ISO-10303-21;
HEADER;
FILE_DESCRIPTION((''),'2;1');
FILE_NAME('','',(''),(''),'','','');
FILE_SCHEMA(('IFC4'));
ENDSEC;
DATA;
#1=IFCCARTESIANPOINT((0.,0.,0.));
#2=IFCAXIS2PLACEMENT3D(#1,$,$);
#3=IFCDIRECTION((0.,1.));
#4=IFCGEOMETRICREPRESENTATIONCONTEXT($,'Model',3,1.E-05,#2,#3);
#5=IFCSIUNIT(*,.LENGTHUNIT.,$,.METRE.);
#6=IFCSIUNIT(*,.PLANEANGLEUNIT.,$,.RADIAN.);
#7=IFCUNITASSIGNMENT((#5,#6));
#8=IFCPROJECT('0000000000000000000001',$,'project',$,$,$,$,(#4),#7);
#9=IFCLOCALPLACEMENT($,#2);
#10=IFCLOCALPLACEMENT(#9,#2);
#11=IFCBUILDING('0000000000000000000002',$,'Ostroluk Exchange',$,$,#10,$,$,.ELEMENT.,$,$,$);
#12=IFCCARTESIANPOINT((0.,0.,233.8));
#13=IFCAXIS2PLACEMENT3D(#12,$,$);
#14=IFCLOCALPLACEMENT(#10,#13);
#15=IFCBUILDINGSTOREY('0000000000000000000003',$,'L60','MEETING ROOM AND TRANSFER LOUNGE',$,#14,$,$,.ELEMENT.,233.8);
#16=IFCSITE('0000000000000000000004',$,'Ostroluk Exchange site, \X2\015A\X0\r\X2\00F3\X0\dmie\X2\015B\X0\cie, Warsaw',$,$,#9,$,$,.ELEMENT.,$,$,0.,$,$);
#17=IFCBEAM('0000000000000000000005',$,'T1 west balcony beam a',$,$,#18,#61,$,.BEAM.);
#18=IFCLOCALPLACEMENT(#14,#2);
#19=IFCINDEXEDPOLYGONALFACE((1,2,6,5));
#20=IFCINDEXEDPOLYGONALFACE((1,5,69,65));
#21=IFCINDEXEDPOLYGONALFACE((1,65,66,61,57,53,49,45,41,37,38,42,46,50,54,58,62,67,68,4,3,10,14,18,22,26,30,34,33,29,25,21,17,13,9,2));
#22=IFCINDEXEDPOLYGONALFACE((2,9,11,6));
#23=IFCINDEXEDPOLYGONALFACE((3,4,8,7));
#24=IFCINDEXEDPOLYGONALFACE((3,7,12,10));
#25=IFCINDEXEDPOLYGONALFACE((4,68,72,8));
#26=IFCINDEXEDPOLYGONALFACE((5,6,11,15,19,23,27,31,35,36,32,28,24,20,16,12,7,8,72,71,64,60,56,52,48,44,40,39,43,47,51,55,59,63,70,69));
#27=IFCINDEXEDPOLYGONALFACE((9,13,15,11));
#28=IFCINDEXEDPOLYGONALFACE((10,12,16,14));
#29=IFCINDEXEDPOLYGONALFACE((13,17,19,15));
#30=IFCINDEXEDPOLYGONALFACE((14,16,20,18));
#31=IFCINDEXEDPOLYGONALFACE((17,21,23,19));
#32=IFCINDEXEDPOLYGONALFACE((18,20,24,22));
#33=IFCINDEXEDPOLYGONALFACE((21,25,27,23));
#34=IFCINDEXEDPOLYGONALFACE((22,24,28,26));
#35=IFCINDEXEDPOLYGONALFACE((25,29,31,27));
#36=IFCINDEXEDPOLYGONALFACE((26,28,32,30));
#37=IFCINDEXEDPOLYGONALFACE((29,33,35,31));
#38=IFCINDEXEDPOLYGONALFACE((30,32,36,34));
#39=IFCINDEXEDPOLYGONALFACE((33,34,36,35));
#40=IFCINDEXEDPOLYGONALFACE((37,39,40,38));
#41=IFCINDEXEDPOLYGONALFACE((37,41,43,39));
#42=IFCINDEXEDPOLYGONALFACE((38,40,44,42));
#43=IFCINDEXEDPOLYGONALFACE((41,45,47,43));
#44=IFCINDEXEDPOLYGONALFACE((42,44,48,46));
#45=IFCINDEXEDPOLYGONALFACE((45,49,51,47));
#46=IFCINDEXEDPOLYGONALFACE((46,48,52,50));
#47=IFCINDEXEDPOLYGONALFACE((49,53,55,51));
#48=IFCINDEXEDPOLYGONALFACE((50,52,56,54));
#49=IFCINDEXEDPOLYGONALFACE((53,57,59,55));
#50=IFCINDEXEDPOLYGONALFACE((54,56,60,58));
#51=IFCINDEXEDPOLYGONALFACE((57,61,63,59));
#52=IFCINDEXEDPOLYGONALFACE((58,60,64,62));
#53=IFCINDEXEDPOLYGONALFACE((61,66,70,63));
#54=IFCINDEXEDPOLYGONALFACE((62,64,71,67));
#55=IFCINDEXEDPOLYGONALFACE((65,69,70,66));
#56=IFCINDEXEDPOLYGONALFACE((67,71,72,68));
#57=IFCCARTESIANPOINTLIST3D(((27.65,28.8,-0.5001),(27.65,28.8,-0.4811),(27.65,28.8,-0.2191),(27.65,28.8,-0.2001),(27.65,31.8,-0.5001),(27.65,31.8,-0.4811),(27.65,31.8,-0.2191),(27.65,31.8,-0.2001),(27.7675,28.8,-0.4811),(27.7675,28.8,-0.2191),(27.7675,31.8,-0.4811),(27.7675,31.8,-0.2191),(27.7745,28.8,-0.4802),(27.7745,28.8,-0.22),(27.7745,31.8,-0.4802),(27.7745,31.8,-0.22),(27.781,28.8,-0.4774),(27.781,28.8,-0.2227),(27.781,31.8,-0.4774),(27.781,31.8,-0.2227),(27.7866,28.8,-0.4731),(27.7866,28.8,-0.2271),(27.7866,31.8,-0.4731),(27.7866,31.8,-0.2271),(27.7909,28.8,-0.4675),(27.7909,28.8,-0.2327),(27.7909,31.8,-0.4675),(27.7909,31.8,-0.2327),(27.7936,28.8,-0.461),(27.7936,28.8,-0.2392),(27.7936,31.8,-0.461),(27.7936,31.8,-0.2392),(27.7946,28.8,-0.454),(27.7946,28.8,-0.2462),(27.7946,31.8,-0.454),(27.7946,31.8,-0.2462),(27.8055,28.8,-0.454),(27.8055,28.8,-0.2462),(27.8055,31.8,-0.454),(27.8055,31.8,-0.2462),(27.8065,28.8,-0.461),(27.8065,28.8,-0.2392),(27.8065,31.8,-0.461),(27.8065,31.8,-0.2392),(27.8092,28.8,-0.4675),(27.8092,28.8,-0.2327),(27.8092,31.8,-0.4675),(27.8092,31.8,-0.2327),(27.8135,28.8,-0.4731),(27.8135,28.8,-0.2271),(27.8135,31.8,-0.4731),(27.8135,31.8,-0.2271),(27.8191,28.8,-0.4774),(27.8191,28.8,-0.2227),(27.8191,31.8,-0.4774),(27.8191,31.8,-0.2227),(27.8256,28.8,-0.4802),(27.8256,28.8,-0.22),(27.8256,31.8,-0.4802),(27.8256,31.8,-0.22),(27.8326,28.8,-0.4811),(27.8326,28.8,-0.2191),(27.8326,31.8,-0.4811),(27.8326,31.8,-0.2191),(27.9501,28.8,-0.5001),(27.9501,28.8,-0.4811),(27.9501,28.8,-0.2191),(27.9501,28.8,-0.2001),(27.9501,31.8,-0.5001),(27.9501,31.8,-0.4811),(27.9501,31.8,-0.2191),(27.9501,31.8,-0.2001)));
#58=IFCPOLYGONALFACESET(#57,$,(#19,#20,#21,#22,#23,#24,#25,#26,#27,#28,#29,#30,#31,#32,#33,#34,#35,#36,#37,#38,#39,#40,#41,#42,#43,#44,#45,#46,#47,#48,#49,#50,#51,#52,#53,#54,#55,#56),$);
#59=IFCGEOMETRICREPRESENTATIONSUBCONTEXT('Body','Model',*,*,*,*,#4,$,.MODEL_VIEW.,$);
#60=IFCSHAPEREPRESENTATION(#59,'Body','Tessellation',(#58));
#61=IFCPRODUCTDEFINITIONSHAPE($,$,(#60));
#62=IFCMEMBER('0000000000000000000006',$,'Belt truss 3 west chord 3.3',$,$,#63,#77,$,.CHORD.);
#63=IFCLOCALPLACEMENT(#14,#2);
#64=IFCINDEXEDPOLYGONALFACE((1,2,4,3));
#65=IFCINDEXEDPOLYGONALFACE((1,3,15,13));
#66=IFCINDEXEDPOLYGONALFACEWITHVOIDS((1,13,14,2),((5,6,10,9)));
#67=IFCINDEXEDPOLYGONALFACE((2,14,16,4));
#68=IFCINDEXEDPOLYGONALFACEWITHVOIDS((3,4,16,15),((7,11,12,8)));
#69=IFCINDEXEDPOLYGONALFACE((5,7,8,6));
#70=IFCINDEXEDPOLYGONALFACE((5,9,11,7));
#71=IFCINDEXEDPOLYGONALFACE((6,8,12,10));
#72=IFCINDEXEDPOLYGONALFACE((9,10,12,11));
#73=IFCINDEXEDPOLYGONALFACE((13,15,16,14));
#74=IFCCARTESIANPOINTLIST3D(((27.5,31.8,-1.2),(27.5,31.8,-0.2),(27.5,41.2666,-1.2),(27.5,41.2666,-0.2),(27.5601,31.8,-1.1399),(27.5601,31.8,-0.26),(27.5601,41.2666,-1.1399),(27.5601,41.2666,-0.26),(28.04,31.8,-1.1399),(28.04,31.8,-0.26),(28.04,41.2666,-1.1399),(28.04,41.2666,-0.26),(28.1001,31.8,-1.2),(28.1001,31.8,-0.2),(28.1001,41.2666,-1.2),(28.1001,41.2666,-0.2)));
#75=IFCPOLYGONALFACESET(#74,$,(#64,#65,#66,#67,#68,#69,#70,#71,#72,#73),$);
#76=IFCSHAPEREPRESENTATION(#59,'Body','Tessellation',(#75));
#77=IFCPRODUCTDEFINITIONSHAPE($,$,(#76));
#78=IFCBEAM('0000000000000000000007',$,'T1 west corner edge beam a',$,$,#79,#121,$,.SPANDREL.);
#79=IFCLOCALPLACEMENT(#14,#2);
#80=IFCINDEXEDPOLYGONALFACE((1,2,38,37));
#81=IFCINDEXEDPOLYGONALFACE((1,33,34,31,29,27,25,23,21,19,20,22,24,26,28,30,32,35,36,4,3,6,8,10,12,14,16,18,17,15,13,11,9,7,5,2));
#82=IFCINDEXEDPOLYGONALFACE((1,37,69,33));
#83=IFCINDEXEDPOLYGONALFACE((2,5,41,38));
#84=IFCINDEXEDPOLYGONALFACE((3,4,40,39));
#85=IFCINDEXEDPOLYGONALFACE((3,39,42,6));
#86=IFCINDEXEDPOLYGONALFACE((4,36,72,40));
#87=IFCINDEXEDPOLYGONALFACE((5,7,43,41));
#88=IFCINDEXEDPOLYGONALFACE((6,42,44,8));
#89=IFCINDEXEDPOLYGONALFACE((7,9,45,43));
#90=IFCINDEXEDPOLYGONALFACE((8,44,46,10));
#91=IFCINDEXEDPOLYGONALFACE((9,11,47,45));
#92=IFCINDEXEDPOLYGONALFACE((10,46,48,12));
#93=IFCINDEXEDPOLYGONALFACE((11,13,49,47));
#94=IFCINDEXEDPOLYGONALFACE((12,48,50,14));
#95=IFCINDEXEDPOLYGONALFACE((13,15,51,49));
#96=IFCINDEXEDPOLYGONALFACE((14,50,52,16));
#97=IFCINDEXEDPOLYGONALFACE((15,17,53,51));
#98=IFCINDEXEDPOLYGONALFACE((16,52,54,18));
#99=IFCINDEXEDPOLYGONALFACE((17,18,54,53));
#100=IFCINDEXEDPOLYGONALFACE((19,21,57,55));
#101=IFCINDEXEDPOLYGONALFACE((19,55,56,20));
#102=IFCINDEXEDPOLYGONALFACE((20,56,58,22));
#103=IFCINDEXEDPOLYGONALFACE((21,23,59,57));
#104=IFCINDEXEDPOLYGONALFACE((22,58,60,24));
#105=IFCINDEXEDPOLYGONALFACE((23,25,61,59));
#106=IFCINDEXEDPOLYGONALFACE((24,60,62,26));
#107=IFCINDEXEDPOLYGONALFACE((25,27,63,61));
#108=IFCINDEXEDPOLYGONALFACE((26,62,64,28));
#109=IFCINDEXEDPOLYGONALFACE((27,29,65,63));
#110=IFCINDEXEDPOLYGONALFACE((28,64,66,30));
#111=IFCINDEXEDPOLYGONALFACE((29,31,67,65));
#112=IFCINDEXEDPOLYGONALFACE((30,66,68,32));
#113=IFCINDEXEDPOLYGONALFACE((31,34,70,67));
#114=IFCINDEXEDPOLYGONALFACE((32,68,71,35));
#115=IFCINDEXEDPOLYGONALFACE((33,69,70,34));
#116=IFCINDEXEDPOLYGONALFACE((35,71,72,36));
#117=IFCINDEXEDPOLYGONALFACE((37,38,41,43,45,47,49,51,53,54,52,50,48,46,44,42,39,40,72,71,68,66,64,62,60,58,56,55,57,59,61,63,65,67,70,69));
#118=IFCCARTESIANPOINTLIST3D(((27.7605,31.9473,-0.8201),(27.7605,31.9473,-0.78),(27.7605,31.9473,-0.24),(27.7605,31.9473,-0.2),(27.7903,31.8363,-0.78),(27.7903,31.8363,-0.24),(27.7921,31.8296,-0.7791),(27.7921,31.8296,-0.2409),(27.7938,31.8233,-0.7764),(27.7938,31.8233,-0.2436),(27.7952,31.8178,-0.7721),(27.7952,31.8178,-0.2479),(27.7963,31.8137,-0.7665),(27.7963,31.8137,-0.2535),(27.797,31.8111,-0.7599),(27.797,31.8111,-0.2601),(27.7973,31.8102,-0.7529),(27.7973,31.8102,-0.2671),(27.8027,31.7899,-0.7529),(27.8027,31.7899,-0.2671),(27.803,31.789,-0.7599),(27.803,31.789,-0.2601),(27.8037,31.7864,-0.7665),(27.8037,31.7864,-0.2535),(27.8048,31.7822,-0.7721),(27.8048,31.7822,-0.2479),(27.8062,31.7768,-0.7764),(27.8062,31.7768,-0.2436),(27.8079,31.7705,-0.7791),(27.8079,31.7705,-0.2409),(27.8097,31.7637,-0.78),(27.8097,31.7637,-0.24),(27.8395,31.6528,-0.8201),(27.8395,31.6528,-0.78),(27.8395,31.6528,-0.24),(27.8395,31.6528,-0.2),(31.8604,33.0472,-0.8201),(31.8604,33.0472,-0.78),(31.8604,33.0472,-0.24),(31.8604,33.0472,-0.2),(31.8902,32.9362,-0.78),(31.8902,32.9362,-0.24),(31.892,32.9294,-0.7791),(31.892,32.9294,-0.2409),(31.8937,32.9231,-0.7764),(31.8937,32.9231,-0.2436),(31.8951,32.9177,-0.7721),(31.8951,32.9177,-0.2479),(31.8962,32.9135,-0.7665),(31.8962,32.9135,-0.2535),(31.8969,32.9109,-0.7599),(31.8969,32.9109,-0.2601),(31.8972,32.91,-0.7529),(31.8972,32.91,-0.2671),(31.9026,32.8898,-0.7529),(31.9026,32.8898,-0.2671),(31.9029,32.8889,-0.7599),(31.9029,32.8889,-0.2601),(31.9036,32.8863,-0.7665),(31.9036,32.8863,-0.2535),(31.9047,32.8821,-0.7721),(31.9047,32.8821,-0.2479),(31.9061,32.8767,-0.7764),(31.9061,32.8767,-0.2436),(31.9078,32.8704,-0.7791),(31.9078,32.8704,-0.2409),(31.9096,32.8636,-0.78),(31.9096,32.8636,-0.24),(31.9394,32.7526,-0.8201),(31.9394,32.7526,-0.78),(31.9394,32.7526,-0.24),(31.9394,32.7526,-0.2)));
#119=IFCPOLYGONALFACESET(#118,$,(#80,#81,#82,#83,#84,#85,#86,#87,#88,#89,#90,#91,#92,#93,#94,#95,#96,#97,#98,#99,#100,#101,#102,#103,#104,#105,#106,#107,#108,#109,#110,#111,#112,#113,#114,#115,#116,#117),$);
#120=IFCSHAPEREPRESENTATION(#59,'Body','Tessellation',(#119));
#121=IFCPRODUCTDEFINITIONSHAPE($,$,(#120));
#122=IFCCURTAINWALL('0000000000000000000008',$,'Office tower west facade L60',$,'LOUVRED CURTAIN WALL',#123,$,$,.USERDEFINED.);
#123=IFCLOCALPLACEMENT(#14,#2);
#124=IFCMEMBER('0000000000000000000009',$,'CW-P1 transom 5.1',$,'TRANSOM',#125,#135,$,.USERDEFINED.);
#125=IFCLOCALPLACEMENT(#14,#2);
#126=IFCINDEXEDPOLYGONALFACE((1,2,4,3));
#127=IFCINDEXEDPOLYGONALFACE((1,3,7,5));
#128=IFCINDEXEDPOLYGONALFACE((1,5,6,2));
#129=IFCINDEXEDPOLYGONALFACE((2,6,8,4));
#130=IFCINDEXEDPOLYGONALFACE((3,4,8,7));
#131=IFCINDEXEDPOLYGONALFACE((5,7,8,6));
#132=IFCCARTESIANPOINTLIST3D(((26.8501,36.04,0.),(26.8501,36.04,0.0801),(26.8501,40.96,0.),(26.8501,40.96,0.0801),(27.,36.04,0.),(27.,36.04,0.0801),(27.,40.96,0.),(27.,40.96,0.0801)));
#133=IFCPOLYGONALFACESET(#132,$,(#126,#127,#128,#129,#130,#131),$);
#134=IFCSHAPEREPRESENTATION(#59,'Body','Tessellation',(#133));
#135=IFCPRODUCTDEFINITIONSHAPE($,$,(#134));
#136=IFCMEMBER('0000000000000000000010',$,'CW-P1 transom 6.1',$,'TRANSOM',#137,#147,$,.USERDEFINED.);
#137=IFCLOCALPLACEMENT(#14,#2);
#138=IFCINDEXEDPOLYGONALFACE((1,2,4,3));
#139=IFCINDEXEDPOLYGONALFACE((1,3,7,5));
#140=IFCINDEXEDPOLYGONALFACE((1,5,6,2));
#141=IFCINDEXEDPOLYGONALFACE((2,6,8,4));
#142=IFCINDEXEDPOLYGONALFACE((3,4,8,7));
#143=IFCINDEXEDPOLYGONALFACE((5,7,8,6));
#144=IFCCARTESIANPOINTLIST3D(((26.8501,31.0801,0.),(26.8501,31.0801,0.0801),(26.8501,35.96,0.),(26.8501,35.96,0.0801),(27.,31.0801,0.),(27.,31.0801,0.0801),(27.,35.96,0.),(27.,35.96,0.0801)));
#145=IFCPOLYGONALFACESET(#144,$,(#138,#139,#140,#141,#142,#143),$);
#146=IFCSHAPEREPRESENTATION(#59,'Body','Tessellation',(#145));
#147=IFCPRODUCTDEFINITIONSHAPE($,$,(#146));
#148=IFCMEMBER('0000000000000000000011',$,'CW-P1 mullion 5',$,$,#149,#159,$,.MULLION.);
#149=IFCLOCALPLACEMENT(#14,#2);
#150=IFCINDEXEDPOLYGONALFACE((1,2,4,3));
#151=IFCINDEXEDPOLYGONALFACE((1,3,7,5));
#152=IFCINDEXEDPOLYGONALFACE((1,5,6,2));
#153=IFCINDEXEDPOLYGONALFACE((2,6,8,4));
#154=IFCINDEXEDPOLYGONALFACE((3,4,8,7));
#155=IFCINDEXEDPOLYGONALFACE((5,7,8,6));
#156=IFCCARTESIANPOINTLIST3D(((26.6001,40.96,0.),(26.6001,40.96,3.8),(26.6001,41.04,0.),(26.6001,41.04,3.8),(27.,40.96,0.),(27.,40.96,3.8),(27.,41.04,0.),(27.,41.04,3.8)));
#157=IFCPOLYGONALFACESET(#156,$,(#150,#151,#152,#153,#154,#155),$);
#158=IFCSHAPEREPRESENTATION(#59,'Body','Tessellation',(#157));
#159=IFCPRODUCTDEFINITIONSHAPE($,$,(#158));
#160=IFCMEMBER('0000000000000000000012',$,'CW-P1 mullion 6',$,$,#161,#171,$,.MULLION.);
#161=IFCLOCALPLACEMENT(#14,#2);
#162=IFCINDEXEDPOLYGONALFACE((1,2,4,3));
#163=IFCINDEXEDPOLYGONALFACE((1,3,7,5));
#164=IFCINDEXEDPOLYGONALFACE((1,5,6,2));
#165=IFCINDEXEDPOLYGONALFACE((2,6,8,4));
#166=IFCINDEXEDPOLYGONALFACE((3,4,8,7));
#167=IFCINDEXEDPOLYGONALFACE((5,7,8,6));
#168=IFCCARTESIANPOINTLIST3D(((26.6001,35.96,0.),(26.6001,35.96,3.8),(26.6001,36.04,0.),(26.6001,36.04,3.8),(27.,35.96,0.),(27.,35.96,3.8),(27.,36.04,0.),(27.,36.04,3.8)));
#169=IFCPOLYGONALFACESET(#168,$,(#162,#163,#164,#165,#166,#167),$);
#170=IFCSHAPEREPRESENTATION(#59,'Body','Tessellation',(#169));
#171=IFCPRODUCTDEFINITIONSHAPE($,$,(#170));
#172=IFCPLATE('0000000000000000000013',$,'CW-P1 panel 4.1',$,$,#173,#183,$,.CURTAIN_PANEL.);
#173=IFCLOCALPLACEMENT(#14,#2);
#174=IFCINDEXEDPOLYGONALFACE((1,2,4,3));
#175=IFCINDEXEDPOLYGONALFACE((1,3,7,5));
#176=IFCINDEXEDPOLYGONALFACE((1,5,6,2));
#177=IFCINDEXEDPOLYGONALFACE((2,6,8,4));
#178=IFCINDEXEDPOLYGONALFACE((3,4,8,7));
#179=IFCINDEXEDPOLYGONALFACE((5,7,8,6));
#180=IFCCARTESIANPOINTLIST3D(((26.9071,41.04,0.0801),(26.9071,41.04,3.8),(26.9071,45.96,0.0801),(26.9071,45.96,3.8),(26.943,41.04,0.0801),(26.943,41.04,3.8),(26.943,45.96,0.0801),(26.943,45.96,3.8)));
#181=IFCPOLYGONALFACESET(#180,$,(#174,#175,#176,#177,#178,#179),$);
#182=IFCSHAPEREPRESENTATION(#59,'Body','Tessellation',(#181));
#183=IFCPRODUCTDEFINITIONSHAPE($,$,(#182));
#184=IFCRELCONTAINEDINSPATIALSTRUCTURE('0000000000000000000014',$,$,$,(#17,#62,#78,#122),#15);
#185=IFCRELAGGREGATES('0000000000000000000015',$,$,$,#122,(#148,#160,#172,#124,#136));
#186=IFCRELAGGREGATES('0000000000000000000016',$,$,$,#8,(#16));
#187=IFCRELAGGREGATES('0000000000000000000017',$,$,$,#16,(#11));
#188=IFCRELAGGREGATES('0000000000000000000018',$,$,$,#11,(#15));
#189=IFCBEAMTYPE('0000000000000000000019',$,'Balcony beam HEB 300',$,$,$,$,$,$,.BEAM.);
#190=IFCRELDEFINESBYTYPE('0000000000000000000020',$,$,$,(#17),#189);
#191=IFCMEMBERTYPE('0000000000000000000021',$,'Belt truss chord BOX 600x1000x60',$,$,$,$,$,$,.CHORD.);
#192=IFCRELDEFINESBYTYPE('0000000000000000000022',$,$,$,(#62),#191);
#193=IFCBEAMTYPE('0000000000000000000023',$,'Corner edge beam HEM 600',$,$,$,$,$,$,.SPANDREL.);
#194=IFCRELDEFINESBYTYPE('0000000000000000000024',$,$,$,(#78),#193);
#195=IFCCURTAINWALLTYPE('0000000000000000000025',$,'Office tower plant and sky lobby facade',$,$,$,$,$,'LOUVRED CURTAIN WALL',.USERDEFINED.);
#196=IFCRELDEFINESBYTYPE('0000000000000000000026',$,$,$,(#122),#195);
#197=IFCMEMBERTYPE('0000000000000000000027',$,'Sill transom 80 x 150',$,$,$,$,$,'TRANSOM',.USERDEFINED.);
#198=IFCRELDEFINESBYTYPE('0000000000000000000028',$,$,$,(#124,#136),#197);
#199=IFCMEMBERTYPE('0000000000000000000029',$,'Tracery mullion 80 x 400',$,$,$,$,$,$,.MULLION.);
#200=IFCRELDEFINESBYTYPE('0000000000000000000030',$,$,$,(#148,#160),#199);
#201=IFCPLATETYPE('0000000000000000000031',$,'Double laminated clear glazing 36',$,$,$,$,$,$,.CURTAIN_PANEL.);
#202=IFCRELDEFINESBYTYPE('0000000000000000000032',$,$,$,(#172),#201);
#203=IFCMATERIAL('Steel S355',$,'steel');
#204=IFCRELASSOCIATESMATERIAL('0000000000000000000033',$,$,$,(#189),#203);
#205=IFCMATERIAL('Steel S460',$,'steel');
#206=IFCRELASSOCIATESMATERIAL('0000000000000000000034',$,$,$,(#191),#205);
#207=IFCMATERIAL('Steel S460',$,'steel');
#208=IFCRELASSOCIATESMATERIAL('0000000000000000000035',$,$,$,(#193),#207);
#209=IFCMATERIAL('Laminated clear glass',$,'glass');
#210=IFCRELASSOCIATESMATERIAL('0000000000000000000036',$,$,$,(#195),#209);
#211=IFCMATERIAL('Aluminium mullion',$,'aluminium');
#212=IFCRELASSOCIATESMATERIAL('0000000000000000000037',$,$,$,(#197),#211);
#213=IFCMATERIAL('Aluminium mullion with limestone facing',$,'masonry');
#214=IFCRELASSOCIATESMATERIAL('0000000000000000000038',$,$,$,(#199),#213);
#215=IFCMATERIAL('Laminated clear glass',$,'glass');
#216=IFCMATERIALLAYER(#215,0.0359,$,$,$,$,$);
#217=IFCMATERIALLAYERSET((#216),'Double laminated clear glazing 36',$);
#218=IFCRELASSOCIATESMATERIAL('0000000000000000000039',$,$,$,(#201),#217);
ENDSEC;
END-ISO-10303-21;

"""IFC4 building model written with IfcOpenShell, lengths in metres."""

from ifc_helpers import new_model, si_unit, direction, frame, origin, origin_2d, place, context, subcontext, project, spatial, rectangle, hollow_rectangle, i_section, extrude, material, layer, layer_set, material_profile, profile_set, type_object, element, aggregate, save


model = new_model("IFC4")

# Units and contexts
model_context = context("Model", 3, precision=1e-05, world=origin(), true_north=direction((0.0, 1.0)))
body_context = subcontext(model_context, "Body", "Model", "MODEL_VIEW")
ifc_project = project(units=[si_unit("LENGTHUNIT", "METRE"), si_unit("PLANEANGLEUNIT", "RADIAN")], contexts=[model_context])

# Site, building, storey
site_placement = place(None, origin())
site = spatial("IfcSite", under=ifc_project, at=site_placement, Name="Ostroluk Exchange site, Śródmieście, Warsaw", CompositionType="ELEMENT", RefElevation=0.0)
building_placement = place(site_placement, origin())
building = spatial("IfcBuilding", under=site, at=building_placement, Name="Ostroluk Exchange", CompositionType="ELEMENT")
storey_placement = place(building_placement, frame((0.0, 0.0, 233.8)))
storey = spatial("IfcBuildingStorey", under=building, at=storey_placement, Name="L60", Description="MEETING ROOM AND TRANSFER LOUNGE", CompositionType="ELEMENT", Elevation=233.8)

# Beam
ifc_material_1 = material(Name="Steel S355", Category="steel")
ifc_material_profile_1 = material_profile(ifc_material_1, i_section(OverallWidth=0.3, OverallDepth=0.3, WebThickness=0.011, FlangeThickness=0.019, FilletRadius=0.0271, at=origin_2d()), Name="HEB 300")
ifc_profile_set_1 = profile_set([ifc_material_profile_1], Name="Steel S355")
beam_type_1 = type_object("IfcBeamType", Name="Balcony beam HEB 300", PredefinedType="BEAM", material=ifc_profile_set_1)
beam_1_placement = place(storey_placement, frame((27.8, 31.8, -0.3501), z_axis=(0.0, -1.0, 0.0), x_axis=(1.0, 0.0, 0.0)))
element("IfcBeam", 1, at=beam_1_placement, inside=storey, type_object=beam_type_1, Name="T1 west balcony beam a", PredefinedType="BEAM", context=body_context, shape_type="SweptSolid", body=[
    extrude(i_section(OverallWidth=0.3, OverallDepth=0.3, WebThickness=0.011, FlangeThickness=0.019, FilletRadius=0.0271, at=origin_2d()), origin(), (0.0, 0.0, 1.0), 3.0),
])

# Member
ifc_material_2 = material(Name="Steel S460", Category="steel")
ifc_material_profile_2 = material_profile(ifc_material_2, hollow_rectangle(XDim=0.6001, YDim=1.0, WallThickness=0.0601, at=origin_2d()), Name="BOX 600x1000x60")
ifc_profile_set_2 = profile_set([ifc_material_profile_2], Name="Steel S460")
member_type_1 = type_object("IfcMemberType", Name="Belt truss chord BOX 600x1000x60", PredefinedType="CHORD", material=ifc_profile_set_2)
member_1_placement = place(storey_placement, frame((27.8, 41.2666, -0.7), z_axis=(0.0, -1.0, 0.0), x_axis=(1.0, 0.0, 0.0)))
element("IfcMember", 2, at=member_1_placement, inside=storey, type_object=member_type_1, Name="Belt truss 3 west chord 3.3", PredefinedType="CHORD", context=body_context, shape_type="SweptSolid", body=[
    extrude(hollow_rectangle(XDim=0.6001, YDim=1.0, WallThickness=0.0601, at=origin_2d()), origin(), (0.0, 0.0, 1.0), 9.4666),
])

# Beam
ifc_material_3 = material(Name="Steel S460", Category="steel")
ifc_material_profile_3 = material_profile(ifc_material_3, i_section(OverallWidth=0.3049, OverallDepth=0.6201, WebThickness=0.021, FlangeThickness=0.04, FilletRadius=0.0271, at=origin_2d()), Name="HEM 600")
ifc_profile_set_3 = profile_set([ifc_material_profile_3], Name="Steel S460")
beam_type_2 = type_object("IfcBeamType", Name="Corner edge beam HEM 600", PredefinedType="SPANDREL", material=ifc_profile_set_3)
beam_2_placement = place(storey_placement, frame((31.8999, 32.8999, -0.51), z_axis=(-0.965849, -0.259105, 0.0), x_axis=(0.259105, -0.965849, 0.0)))
element("IfcBeam", 3, at=beam_2_placement, inside=storey, type_object=beam_type_2, Name="T1 west corner edge beam a", PredefinedType="SPANDREL", context=body_context, shape_type="SweptSolid", body=[
    extrude(i_section(OverallWidth=0.3049, OverallDepth=0.6201, WebThickness=0.021, FlangeThickness=0.04, FilletRadius=0.0271, at=origin_2d()), origin(), (0.0, 0.0, 1.0), 4.2449),
])

# Curtain wall, members, plate
ifc_material_4 = material(Name="Laminated clear glass", Category="glass")
curtain_wall_type = type_object("IfcCurtainWallType", Name="Office tower plant and sky lobby facade", ElementType="LOUVRED CURTAIN WALL", PredefinedType="USERDEFINED", material=ifc_material_4)
curtain_wall_placement = place(storey_placement, origin())
curtain_wall = element("IfcCurtainWall", 4, at=curtain_wall_placement, inside=storey, type_object=curtain_wall_type, Name="Office tower west facade L60", ObjectType="LOUVRED CURTAIN WALL", PredefinedType="USERDEFINED")
ifc_material_5 = material(Name="Aluminium mullion", Category="aluminium")
ifc_material_profile_4 = material_profile(ifc_material_5, rectangle(XDim=0.1499, YDim=0.0801, at=origin_2d()), Name="Sill transom 80 x 150")
ifc_profile_set_4 = profile_set([ifc_material_profile_4], Name="Aluminium mullion")
member_type_2 = type_object("IfcMemberType", Name="Sill transom 80 x 150", ElementType="TRANSOM", PredefinedType="USERDEFINED", material=ifc_profile_set_4)
member_2_placement = place(storey_placement, frame((26.925, 40.96, 0.04), z_axis=(0.0, -1.0, 0.0), x_axis=(1.0, 0.0, 0.0)))
member_2 = element("IfcMember", 5, at=member_2_placement, type_object=member_type_2, Name="CW-P1 transom 5.1", ObjectType="TRANSOM", PredefinedType="USERDEFINED", context=body_context, shape_type="SweptSolid", body=[
    extrude(rectangle(XDim=0.1499, YDim=0.0801, at=origin_2d()), origin(), (0.0, 0.0, 1.0), 4.9199),
])
member_3_placement = place(storey_placement, frame((26.925, 35.96, 0.04), z_axis=(0.0, -1.0, 0.0), x_axis=(1.0, 0.0, 0.0)))
member_3 = element("IfcMember", 6, at=member_3_placement, type_object=member_type_2, Name="CW-P1 transom 6.1", ObjectType="TRANSOM", PredefinedType="USERDEFINED", context=body_context, shape_type="SweptSolid", body=[
    extrude(rectangle(XDim=0.1499, YDim=0.0801, at=origin_2d()), origin(), (0.0, 0.0, 1.0), 4.8799),
])
ifc_material_6 = material(Name="Aluminium mullion with limestone facing", Category="masonry")
ifc_material_profile_5 = material_profile(ifc_material_6, rectangle(XDim=0.3999, YDim=0.0801, at=origin_2d()), Name="Tracery mullion 80 x 400")
ifc_profile_set_5 = profile_set([ifc_material_profile_5], Name="Aluminium mullion with limestone facing")
member_type_3 = type_object("IfcMemberType", Name="Tracery mullion 80 x 400", PredefinedType="MULLION", material=ifc_profile_set_5)
member_4_placement = place(storey_placement, frame((26.8, 41.0, 0.0), z_axis=(0.0, 0.0, 1.0), x_axis=(1.0, 0.0, 0.0)))
member_4 = element("IfcMember", 7, at=member_4_placement, type_object=member_type_3, Name="CW-P1 mullion 5", PredefinedType="MULLION", context=body_context, shape_type="SweptSolid", body=[
    extrude(rectangle(XDim=0.3999, YDim=0.0801, at=origin_2d()), origin(), (0.0, 0.0, 1.0), 3.8),
])
member_5_placement = place(storey_placement, frame((26.8, 36.0, 0.0), z_axis=(0.0, 0.0, 1.0), x_axis=(1.0, 0.0, 0.0)))
member_5 = element("IfcMember", 8, at=member_5_placement, type_object=member_type_3, Name="CW-P1 mullion 6", PredefinedType="MULLION", context=body_context, shape_type="SweptSolid", body=[
    extrude(rectangle(XDim=0.3999, YDim=0.0801, at=origin_2d()), origin(), (0.0, 0.0, 1.0), 3.8),
])
ifc_material_7 = material(Name="Laminated clear glass", Category="glass")
ifc_layer_1 = layer(ifc_material_7, 0.0359)
ifc_layer_set_1 = layer_set([ifc_layer_1], Name="Double laminated clear glazing 36")
plate_type = type_object("IfcPlateType", Name="Double laminated clear glazing 36", PredefinedType="CURTAIN_PANEL", material=ifc_layer_set_1)
plate_1_placement = place(storey_placement, frame((26.925, 43.5, 0.0801), z_axis=(0.0, 0.0, 1.0), x_axis=(0.0, -1.0, 0.0)))
plate_1 = element("IfcPlate", 9, at=plate_1_placement, type_object=plate_type, Name="CW-P1 panel 4.1", PredefinedType="CURTAIN_PANEL", context=body_context, shape_type="SweptSolid", body=[
    extrude(rectangle(XDim=4.9199, YDim=0.0359, at=origin_2d()), origin(), (0.0, 0.0, 1.0), 3.72),
])
aggregate(curtain_wall, [member_4, member_5, plate_1, member_2, member_3])

save(model, "model.ifc")
